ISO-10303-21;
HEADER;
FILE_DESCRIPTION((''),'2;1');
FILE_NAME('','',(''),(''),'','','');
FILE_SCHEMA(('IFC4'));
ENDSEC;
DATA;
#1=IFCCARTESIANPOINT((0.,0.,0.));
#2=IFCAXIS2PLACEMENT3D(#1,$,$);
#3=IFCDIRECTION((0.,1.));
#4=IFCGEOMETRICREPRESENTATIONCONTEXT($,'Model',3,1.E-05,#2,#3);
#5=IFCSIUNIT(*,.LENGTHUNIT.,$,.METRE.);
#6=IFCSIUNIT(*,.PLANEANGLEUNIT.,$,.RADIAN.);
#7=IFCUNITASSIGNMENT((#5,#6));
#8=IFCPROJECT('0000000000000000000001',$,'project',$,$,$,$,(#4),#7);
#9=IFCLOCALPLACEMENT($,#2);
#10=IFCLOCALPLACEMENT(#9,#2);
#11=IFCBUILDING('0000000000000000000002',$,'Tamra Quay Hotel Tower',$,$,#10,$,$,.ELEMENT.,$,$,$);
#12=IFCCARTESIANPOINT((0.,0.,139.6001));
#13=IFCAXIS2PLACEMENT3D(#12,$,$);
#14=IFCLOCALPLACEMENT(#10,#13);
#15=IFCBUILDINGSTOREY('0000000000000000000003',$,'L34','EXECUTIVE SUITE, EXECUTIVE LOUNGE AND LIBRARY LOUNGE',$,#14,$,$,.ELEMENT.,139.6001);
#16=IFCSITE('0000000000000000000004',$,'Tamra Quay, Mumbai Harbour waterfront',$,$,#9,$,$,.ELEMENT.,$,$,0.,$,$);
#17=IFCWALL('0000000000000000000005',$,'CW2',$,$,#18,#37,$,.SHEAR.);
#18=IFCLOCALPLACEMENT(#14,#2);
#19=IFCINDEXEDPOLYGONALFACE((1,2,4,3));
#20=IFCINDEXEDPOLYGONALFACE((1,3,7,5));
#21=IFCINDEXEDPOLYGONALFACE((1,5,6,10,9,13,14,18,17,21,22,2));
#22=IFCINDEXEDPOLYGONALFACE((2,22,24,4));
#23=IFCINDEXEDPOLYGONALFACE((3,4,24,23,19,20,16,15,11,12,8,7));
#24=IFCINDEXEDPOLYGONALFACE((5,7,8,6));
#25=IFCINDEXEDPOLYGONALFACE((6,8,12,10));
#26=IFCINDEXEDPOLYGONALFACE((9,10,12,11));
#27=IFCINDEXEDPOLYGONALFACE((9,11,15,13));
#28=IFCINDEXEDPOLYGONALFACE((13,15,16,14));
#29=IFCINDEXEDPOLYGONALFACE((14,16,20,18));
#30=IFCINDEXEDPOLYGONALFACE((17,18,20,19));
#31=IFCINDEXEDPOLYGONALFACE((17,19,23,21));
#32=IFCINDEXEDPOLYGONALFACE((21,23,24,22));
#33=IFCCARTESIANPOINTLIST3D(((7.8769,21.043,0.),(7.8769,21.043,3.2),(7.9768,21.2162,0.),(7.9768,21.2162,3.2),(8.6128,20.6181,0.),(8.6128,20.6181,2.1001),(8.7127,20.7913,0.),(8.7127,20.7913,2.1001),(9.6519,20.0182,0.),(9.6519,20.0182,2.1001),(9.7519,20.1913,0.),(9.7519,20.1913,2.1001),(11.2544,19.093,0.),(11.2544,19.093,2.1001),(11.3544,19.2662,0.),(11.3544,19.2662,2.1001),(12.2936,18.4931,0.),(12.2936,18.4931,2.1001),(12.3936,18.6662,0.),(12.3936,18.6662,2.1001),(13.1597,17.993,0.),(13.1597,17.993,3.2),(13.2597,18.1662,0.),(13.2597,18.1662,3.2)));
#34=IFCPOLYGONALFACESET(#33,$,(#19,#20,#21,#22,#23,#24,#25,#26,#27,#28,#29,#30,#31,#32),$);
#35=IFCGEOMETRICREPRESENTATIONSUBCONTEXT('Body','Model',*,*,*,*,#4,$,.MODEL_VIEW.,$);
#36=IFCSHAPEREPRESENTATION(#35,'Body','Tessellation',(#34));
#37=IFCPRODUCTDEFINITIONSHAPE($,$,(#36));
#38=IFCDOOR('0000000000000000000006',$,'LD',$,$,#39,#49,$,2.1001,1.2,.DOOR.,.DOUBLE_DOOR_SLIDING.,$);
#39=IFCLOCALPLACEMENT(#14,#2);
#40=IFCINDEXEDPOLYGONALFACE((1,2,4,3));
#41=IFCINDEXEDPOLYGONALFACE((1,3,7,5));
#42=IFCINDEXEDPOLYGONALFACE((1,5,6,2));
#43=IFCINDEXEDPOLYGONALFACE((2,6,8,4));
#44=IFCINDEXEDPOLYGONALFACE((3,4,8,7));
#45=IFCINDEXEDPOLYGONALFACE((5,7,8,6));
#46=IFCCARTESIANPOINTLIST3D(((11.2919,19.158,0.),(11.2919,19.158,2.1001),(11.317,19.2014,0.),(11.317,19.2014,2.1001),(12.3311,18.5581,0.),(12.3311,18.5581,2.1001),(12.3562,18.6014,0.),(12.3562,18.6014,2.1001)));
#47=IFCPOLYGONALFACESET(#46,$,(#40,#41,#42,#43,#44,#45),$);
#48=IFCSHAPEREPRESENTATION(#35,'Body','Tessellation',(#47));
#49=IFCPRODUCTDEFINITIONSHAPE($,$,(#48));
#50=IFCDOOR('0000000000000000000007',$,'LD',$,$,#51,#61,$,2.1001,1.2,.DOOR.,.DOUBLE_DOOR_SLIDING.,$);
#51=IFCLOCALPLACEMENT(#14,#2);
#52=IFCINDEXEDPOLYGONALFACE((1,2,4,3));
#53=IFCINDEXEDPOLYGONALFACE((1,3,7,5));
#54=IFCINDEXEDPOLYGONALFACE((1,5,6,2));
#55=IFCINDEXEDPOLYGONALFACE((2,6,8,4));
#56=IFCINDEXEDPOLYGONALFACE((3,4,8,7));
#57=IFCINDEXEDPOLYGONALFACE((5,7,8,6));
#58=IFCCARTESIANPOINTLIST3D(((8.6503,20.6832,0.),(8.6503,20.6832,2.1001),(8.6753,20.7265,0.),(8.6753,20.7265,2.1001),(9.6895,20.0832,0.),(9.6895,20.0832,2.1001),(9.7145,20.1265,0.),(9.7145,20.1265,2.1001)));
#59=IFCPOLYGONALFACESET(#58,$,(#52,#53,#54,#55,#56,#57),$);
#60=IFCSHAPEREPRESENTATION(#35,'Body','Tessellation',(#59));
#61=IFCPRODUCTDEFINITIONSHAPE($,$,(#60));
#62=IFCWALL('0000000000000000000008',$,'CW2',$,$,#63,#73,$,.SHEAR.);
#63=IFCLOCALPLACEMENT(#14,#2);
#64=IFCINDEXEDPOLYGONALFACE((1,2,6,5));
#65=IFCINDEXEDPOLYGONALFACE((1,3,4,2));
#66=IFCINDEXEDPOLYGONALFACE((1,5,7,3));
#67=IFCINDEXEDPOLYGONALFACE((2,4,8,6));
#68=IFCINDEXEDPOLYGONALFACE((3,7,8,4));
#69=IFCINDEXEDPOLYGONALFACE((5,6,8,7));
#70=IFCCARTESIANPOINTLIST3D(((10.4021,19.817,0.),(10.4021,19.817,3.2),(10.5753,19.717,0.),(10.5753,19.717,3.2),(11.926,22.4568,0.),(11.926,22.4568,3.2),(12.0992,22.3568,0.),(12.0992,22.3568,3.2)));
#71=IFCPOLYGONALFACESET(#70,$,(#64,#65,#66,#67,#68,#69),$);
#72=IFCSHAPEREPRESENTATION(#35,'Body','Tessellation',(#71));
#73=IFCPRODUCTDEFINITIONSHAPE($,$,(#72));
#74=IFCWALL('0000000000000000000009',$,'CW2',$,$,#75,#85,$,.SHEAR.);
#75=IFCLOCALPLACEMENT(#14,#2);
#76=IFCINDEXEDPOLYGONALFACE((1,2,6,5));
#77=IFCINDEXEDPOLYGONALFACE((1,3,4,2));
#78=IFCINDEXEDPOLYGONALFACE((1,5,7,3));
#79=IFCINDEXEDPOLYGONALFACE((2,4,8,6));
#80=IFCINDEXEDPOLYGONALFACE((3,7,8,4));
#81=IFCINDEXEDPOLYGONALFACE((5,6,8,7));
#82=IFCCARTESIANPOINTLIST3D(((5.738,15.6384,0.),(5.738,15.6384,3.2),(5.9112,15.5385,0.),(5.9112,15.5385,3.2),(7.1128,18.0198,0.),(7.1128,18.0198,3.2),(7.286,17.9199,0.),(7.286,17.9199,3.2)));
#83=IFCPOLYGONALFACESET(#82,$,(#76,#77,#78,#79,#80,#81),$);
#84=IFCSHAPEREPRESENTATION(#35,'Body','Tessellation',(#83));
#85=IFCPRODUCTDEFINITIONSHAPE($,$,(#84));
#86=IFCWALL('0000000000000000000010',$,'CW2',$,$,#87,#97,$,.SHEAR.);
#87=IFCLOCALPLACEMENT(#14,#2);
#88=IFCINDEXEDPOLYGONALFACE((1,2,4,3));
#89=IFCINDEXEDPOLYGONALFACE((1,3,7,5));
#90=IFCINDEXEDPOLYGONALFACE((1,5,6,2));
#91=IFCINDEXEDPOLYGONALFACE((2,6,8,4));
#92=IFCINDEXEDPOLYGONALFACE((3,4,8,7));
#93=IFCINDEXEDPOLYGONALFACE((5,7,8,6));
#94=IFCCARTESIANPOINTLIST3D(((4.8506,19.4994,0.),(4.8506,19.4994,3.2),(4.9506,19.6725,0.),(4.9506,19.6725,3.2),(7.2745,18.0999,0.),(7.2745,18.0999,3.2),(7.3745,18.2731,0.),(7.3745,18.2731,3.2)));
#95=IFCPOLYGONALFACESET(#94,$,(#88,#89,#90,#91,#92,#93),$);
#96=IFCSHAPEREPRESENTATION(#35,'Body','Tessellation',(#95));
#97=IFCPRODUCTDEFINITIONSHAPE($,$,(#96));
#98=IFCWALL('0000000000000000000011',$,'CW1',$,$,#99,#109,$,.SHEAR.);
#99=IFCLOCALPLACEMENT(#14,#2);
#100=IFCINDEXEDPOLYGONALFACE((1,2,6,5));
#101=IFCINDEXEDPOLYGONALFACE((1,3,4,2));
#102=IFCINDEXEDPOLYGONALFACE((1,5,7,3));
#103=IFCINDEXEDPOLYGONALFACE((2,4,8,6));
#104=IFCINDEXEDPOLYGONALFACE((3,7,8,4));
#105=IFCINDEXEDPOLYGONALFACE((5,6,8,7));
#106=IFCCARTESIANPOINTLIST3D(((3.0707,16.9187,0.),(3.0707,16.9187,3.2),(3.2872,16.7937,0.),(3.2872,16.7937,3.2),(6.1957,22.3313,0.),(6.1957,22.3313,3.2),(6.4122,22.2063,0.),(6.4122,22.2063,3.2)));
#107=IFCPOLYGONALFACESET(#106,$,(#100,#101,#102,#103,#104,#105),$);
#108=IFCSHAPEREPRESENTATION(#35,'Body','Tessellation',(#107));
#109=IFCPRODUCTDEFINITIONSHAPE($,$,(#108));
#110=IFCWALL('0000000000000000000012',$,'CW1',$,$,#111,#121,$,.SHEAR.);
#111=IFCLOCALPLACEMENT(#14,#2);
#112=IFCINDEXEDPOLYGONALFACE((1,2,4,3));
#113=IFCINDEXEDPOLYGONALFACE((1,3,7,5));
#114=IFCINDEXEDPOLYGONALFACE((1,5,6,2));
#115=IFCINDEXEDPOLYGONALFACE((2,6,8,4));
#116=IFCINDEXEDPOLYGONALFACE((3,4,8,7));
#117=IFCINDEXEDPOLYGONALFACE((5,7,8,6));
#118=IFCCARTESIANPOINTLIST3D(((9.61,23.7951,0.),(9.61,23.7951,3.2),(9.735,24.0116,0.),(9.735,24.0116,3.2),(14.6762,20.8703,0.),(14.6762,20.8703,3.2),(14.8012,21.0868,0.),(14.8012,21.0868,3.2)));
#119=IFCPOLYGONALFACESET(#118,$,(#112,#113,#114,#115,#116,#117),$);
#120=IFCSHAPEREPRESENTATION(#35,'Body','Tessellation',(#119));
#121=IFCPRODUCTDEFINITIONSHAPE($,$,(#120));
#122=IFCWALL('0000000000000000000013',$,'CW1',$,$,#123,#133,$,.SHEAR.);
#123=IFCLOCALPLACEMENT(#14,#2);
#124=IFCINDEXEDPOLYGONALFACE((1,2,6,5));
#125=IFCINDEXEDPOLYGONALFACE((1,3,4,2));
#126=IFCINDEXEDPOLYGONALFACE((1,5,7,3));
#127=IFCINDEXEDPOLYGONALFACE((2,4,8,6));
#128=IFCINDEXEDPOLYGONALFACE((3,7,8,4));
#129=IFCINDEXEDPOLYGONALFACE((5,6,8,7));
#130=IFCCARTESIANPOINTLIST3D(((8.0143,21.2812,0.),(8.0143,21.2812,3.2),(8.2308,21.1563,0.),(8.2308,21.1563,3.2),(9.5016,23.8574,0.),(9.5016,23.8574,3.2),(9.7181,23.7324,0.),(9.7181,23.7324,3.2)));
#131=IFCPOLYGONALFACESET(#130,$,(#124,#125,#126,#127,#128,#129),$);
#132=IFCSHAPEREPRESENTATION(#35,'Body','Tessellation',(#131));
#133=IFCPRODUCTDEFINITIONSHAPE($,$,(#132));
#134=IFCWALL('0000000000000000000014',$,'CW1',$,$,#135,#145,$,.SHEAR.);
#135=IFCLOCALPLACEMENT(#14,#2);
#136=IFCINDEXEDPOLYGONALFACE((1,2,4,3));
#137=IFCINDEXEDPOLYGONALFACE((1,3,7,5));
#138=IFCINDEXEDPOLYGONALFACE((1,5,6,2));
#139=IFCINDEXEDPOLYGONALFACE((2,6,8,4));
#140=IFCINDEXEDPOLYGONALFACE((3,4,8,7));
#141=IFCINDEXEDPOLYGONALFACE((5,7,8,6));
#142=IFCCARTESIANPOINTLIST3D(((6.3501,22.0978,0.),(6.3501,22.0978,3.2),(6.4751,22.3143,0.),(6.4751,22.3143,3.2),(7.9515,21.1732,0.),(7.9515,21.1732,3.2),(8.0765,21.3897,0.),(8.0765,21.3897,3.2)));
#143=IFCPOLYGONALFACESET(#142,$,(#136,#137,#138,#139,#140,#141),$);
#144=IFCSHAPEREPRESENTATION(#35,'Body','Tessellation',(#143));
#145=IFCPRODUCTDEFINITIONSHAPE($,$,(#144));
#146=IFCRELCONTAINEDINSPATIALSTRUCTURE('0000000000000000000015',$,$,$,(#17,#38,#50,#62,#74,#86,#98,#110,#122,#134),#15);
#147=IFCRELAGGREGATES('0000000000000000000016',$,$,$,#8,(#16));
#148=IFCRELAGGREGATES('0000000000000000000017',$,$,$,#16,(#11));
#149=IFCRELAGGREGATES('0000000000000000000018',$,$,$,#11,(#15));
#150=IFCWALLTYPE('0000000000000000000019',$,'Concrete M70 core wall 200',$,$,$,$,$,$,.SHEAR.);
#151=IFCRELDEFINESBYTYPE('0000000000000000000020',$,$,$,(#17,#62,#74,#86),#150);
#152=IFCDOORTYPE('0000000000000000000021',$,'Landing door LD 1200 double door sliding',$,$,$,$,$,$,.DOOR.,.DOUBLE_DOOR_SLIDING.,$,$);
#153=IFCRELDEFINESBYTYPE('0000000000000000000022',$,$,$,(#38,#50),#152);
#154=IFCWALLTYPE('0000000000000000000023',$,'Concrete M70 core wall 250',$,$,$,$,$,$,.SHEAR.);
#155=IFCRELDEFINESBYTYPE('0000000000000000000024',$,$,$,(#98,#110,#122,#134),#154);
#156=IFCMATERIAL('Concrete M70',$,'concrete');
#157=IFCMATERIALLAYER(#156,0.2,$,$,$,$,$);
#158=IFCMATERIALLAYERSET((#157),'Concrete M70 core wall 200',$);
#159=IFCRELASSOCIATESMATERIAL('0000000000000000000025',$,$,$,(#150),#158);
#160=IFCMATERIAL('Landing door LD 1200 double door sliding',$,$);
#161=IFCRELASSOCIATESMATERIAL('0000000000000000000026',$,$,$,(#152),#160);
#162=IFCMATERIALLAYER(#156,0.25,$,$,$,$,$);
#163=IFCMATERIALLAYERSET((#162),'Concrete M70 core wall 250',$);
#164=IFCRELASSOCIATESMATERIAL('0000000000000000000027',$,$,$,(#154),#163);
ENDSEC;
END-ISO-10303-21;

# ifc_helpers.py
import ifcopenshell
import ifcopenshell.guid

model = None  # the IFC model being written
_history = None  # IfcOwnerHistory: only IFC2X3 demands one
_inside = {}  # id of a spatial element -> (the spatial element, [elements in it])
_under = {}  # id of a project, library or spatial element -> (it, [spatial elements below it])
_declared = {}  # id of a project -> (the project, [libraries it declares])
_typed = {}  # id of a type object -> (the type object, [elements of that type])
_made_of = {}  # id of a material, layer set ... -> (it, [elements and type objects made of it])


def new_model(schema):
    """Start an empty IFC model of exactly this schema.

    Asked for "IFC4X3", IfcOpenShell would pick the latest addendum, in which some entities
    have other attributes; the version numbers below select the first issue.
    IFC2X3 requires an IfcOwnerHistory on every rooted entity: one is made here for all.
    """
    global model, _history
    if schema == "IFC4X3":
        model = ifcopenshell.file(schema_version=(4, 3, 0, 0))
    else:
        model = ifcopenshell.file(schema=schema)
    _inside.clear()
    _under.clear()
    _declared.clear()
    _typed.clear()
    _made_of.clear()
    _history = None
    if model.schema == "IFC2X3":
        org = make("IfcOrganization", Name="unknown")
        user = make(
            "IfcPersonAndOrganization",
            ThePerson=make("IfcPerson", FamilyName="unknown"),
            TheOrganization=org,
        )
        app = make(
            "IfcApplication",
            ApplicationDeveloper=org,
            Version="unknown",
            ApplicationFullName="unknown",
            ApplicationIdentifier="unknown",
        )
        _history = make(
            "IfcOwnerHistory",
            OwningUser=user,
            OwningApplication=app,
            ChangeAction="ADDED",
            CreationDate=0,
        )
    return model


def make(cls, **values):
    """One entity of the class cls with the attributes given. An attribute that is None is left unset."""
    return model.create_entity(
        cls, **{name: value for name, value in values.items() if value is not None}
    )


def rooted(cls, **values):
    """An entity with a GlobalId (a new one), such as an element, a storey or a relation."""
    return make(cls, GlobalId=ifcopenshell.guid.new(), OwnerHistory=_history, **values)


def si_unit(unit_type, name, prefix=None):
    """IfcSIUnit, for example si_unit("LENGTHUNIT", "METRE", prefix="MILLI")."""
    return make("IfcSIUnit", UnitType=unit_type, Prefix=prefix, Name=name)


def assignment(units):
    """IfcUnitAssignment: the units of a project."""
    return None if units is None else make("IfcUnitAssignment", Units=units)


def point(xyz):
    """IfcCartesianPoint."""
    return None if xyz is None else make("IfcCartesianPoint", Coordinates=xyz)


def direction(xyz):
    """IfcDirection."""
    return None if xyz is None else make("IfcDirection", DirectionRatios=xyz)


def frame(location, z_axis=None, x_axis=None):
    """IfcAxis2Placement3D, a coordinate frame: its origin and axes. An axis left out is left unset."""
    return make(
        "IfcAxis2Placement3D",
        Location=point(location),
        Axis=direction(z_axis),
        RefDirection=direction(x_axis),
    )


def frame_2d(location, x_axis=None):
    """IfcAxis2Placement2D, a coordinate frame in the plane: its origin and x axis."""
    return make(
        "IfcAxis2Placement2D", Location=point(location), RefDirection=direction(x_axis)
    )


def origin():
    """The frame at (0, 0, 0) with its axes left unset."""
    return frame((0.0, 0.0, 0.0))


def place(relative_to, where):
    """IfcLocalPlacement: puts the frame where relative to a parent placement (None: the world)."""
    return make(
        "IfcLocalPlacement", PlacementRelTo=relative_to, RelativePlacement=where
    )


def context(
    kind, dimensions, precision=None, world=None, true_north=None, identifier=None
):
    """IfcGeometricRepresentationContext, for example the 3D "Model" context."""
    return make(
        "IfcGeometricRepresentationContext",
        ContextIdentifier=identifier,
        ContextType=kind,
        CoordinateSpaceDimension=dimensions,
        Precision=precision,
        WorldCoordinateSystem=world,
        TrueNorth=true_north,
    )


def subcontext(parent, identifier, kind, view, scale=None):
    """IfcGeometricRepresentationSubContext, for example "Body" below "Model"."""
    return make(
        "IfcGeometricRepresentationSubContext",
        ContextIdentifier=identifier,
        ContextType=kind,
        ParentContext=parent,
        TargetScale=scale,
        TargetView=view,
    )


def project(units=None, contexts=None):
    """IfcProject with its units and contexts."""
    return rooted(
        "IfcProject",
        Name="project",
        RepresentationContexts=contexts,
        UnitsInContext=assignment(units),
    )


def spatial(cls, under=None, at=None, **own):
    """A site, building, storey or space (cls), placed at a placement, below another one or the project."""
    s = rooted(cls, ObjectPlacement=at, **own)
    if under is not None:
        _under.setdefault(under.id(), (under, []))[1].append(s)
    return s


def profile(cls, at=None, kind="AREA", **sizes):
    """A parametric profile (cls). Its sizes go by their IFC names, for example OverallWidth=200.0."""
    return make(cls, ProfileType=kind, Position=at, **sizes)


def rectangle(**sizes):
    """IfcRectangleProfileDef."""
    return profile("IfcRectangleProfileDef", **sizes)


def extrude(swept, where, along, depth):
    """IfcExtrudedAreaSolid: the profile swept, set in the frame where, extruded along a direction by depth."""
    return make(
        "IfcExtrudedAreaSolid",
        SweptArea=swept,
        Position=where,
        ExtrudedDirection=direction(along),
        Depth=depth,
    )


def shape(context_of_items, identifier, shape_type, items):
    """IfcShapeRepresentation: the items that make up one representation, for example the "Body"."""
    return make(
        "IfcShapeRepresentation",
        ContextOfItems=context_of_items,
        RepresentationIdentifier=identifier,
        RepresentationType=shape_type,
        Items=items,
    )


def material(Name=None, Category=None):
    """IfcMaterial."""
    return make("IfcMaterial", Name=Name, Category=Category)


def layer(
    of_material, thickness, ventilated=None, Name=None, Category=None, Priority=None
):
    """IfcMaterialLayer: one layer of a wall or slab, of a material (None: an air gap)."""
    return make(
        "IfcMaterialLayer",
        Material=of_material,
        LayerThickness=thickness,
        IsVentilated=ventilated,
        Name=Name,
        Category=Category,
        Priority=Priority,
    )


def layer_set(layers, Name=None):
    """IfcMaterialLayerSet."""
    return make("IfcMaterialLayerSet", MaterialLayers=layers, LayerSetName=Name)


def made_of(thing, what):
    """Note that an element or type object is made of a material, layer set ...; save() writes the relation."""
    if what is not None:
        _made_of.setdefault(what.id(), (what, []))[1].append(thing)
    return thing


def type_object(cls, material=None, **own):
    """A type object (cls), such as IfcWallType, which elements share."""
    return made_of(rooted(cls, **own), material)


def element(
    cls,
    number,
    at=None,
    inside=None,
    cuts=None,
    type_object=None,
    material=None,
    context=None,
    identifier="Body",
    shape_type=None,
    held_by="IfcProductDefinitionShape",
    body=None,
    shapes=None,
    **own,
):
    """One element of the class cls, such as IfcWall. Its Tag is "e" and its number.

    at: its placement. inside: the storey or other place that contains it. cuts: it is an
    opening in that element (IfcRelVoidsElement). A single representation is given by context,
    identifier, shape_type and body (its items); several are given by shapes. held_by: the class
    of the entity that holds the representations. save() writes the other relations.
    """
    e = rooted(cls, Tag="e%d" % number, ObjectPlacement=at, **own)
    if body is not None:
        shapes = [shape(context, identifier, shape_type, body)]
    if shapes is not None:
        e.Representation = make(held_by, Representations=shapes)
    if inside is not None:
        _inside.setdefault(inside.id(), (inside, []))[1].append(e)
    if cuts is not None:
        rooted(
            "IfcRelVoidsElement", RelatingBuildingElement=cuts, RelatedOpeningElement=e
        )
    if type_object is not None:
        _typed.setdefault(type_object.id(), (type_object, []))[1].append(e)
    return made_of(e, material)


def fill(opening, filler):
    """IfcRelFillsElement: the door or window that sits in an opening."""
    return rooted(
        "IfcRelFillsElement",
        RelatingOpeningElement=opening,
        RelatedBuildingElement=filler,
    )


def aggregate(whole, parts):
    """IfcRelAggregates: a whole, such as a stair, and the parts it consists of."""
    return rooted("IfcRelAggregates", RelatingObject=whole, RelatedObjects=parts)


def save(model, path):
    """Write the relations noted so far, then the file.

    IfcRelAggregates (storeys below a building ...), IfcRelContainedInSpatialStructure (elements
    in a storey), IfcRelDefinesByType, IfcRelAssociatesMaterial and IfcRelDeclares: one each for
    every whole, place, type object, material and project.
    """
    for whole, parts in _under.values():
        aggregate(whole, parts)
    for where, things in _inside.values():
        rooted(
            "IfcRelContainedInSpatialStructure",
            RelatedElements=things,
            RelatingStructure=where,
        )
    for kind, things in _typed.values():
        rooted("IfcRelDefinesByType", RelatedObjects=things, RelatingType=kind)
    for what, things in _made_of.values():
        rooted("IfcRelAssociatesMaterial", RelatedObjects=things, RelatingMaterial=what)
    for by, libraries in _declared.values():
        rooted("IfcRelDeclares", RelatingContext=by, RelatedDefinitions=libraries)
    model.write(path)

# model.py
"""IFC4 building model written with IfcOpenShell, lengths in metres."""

from ifc_helpers import new_model, si_unit, direction, frame, frame_2d, origin, place, context, subcontext, project, spatial, rectangle, extrude, material, layer, layer_set, type_object, element, fill, save


model = new_model("IFC4")

# Units and contexts
model_context = context("Model", 3, precision=1e-05, world=origin(), true_north=direction((0.0, 1.0)))
body_context = subcontext(model_context, "Body", "Model", "MODEL_VIEW")
ifc_project = project(units=[si_unit("LENGTHUNIT", "METRE"), si_unit("PLANEANGLEUNIT", "RADIAN")], contexts=[model_context])

# Site, building, storey
site_placement = place(None, origin())
site = spatial("IfcSite", under=ifc_project, at=site_placement, Name="Tamra Quay, Mumbai Harbour waterfront", CompositionType="ELEMENT", RefElevation=0.0)
building_placement = place(site_placement, origin())
building = spatial("IfcBuilding", under=site, at=building_placement, Name="Tamra Quay Hotel Tower", CompositionType="ELEMENT")
storey_placement = place(building_placement, frame((0.0, 0.0, 139.6001)))
storey = spatial("IfcBuildingStorey", under=building, at=storey_placement, Name="L34", Description="EXECUTIVE SUITE, EXECUTIVE LOUNGE AND LIBRARY LOUNGE", CompositionType="ELEMENT", Elevation=139.6001)

# Shared definitions
ifc_material_1 = material(Name="Concrete M70", Category="concrete")

# Wall, openings, doors
ifc_layer_1 = layer(ifc_material_1, 0.2)
ifc_layer_set_1 = layer_set([ifc_layer_1], Name="Concrete M70 core wall 200")
wall_type_1 = type_object("IfcWallType", Name="Concrete M70 core wall 200", PredefinedType="SHEAR", material=ifc_layer_set_1)
wall_1_placement = place(storey_placement, frame((13.2097, 18.0796, 0.0), z_axis=(0.0, 0.0, 1.0), x_axis=(-0.86603, 0.499992, 0.0)))
wall_1 = element("IfcWall", 1, at=wall_1_placement, inside=storey, type_object=wall_type_1, Name="CW2", PredefinedType="SHEAR", context=body_context, shape_type="SweptSolid", body=[
    extrude(rectangle(XDim=6.1001, YDim=0.2, at=frame_2d((3.05, 0.0))), origin(), (0.0, 0.0, 1.0), 3.2),
])
opening_1_placement = place(wall_1_placement, frame((1.0, 0.0, 0.0)))
opening_1 = element("IfcOpeningElement", 2, at=opening_1_placement, cuts=wall_1, PredefinedType="OPENING", context=body_context, shape_type="SweptSolid", body=[
    extrude(rectangle(XDim=1.2, YDim=2.1001, at=frame_2d((0.6001, 1.05))), frame((0.0, 0.1099, 0.0), z_axis=(0.0, -1.0, 0.0), x_axis=(1.0, 0.0, 0.0)), (0.0, 0.0, 1.0), 0.22),
])
opening_2_placement = place(wall_1_placement, frame((4.0503, 0.0, 0.0)))
opening_2 = element("IfcOpeningElement", 3, at=opening_2_placement, cuts=wall_1, PredefinedType="OPENING", context=body_context, shape_type="SweptSolid", body=[
    extrude(rectangle(XDim=1.2, YDim=2.1001, at=frame_2d((0.6001, 1.05))), frame((0.0, 0.1099, 0.0), z_axis=(0.0, -1.0, 0.0), x_axis=(1.0, 0.0, 0.0)), (0.0, 0.0, 1.0), 0.22),
])
ifc_material_2 = material(Name="Landing door LD 1200 double door sliding")
door_type = type_object("IfcDoorType", Name="Landing door LD 1200 double door sliding", OperationType="DOUBLE_DOOR_SLIDING", PredefinedType="DOOR", material=ifc_material_2)
door_1_placement = place(opening_1_placement, origin())
door_1 = element("IfcDoor", 4, at=door_1_placement, inside=storey, type_object=door_type, Name="LD", OperationType="DOUBLE_DOOR_SLIDING", OverallHeight=2.1001, OverallWidth=1.2, PredefinedType="DOOR", context=body_context, shape_type="SweptSolid", body=[
    extrude(rectangle(XDim=1.2, YDim=2.1001, at=frame_2d((0.6001, 1.05))), frame((0.0, 0.0249, 0.0), z_axis=(0.0, -1.0, 0.0), x_axis=(1.0, 0.0, 0.0)), (0.0, 0.0, 1.0), 0.05),
])
fill(opening_1, door_1)
door_2_placement = place(opening_2_placement, origin())
door_2 = element("IfcDoor", 5, at=door_2_placement, inside=storey, type_object=door_type, Name="LD", OperationType="DOUBLE_DOOR_SLIDING", OverallHeight=2.1001, OverallWidth=1.2, PredefinedType="DOOR", context=body_context, shape_type="SweptSolid", body=[
    extrude(rectangle(XDim=1.2, YDim=2.1001, at=frame_2d((0.6001, 1.05))), frame((0.0, 0.0249, 0.0), z_axis=(0.0, -1.0, 0.0), x_axis=(1.0, 0.0, 0.0)), (0.0, 0.0, 1.0), 0.05),
])
fill(opening_2, door_2)

# Walls
wall_2_placement = place(storey_placement, frame((10.4888, 19.7671, 0.0), z_axis=(0.0, 0.0, 1.0), x_axis=(0.499947, 0.866056, 0.0)))
element("IfcWall", 6, at=wall_2_placement, inside=storey, type_object=wall_type_1, Name="CW2", PredefinedType="SHEAR", context=body_context, shape_type="SweptSolid", body=[
    extrude(rectangle(XDim=3.0481, YDim=0.2, at=frame_2d((1.5239, 0.0))), origin(), (0.0, 0.0, 1.0), 3.2),
])
wall_3_placement = place(storey_placement, frame((7.1995, 17.97, 0.0), z_axis=(0.0, 0.0, 1.0), x_axis=(-0.499968, -0.866044, 0.0)))
element("IfcWall", 7, at=wall_3_placement, inside=storey, type_object=wall_type_1, Name="CW2", PredefinedType="SHEAR", context=body_context, shape_type="SweptSolid", body=[
    extrude(rectangle(XDim=2.7498, YDim=0.2, at=frame_2d((1.375, 0.0))), origin(), (0.0, 0.0, 1.0), 3.2),
])
wall_4_placement = place(storey_placement, frame((4.9006, 19.5859, 0.0), z_axis=(0.0, 0.0, 1.0), x_axis=(0.866023, -0.500004, 0.0)))
element("IfcWall", 8, at=wall_4_placement, inside=storey, type_object=wall_type_1, Name="CW2", PredefinedType="SHEAR", context=body_context, shape_type="SweptSolid", body=[
    extrude(rectangle(XDim=2.7988, YDim=0.2, at=frame_2d((1.3994, 0.0))), origin(), (0.0, 0.0, 1.0), 3.2),
])
ifc_layer_2 = layer(ifc_material_1, 0.25)
ifc_layer_set_2 = layer_set([ifc_layer_2], Name="Concrete M70 core wall 250")
wall_type_2 = type_object("IfcWallType", Name="Concrete M70 core wall 250", PredefinedType="SHEAR", material=ifc_layer_set_2)
wall_5_placement = place(storey_placement, frame((3.179, 16.8562, 0.0), z_axis=(0.0, 0.0, 1.0), x_axis=(0.500004, 0.866023, 0.0)))
element("IfcWall", 9, at=wall_5_placement, inside=storey, type_object=wall_type_2, Name="CW1", PredefinedType="SHEAR", context=body_context, shape_type="SweptSolid", body=[
    extrude(rectangle(XDim=6.25, YDim=0.25, at=frame_2d((3.125, 0.0))), origin(), (0.0, 0.0, 1.0), 3.2),
])
wall_6_placement = place(storey_placement, frame((9.6726, 23.9033, 0.0), z_axis=(0.0, 0.0, 1.0), x_axis=(0.866036, -0.499981, 0.0)))
element("IfcWall", 10, at=wall_6_placement, inside=storey, type_object=wall_type_2, Name="CW1", PredefinedType="SHEAR", context=body_context, shape_type="SweptSolid", body=[
    extrude(rectangle(XDim=5.8499, YDim=0.25, at=frame_2d((2.9248, 0.0))), origin(), (0.0, 0.0, 1.0), 3.2),
])
wall_7_placement = place(storey_placement, frame((8.1226, 21.2188, 0.0), z_axis=(0.0, 0.0, 1.0), x_axis=(0.499988, 0.866033, 0.0)))
element("IfcWall", 11, at=wall_7_placement, inside=storey, type_object=wall_type_2, Name="CW1", PredefinedType="SHEAR", context=body_context, shape_type="SweptSolid", body=[
    extrude(rectangle(XDim=2.9746, YDim=0.25, at=frame_2d((1.4873, 0.0))), origin(), (0.0, 0.0, 1.0), 3.2),
])
wall_8_placement = place(storey_placement, frame((6.4126, 22.2061, 0.0), z_axis=(0.0, 0.0, 1.0), x_axis=(0.866016, -0.500016, 0.0)))
element("IfcWall", 12, at=wall_8_placement, inside=storey, type_object=wall_type_2, Name="CW1", PredefinedType="SHEAR", context=body_context, shape_type="SweptSolid", body=[
    extrude(rectangle(XDim=1.8491, YDim=0.25, at=frame_2d((0.9246, 0.0))), origin(), (0.0, 0.0, 1.0), 3.2),
])

save(model, "model.ifc")
